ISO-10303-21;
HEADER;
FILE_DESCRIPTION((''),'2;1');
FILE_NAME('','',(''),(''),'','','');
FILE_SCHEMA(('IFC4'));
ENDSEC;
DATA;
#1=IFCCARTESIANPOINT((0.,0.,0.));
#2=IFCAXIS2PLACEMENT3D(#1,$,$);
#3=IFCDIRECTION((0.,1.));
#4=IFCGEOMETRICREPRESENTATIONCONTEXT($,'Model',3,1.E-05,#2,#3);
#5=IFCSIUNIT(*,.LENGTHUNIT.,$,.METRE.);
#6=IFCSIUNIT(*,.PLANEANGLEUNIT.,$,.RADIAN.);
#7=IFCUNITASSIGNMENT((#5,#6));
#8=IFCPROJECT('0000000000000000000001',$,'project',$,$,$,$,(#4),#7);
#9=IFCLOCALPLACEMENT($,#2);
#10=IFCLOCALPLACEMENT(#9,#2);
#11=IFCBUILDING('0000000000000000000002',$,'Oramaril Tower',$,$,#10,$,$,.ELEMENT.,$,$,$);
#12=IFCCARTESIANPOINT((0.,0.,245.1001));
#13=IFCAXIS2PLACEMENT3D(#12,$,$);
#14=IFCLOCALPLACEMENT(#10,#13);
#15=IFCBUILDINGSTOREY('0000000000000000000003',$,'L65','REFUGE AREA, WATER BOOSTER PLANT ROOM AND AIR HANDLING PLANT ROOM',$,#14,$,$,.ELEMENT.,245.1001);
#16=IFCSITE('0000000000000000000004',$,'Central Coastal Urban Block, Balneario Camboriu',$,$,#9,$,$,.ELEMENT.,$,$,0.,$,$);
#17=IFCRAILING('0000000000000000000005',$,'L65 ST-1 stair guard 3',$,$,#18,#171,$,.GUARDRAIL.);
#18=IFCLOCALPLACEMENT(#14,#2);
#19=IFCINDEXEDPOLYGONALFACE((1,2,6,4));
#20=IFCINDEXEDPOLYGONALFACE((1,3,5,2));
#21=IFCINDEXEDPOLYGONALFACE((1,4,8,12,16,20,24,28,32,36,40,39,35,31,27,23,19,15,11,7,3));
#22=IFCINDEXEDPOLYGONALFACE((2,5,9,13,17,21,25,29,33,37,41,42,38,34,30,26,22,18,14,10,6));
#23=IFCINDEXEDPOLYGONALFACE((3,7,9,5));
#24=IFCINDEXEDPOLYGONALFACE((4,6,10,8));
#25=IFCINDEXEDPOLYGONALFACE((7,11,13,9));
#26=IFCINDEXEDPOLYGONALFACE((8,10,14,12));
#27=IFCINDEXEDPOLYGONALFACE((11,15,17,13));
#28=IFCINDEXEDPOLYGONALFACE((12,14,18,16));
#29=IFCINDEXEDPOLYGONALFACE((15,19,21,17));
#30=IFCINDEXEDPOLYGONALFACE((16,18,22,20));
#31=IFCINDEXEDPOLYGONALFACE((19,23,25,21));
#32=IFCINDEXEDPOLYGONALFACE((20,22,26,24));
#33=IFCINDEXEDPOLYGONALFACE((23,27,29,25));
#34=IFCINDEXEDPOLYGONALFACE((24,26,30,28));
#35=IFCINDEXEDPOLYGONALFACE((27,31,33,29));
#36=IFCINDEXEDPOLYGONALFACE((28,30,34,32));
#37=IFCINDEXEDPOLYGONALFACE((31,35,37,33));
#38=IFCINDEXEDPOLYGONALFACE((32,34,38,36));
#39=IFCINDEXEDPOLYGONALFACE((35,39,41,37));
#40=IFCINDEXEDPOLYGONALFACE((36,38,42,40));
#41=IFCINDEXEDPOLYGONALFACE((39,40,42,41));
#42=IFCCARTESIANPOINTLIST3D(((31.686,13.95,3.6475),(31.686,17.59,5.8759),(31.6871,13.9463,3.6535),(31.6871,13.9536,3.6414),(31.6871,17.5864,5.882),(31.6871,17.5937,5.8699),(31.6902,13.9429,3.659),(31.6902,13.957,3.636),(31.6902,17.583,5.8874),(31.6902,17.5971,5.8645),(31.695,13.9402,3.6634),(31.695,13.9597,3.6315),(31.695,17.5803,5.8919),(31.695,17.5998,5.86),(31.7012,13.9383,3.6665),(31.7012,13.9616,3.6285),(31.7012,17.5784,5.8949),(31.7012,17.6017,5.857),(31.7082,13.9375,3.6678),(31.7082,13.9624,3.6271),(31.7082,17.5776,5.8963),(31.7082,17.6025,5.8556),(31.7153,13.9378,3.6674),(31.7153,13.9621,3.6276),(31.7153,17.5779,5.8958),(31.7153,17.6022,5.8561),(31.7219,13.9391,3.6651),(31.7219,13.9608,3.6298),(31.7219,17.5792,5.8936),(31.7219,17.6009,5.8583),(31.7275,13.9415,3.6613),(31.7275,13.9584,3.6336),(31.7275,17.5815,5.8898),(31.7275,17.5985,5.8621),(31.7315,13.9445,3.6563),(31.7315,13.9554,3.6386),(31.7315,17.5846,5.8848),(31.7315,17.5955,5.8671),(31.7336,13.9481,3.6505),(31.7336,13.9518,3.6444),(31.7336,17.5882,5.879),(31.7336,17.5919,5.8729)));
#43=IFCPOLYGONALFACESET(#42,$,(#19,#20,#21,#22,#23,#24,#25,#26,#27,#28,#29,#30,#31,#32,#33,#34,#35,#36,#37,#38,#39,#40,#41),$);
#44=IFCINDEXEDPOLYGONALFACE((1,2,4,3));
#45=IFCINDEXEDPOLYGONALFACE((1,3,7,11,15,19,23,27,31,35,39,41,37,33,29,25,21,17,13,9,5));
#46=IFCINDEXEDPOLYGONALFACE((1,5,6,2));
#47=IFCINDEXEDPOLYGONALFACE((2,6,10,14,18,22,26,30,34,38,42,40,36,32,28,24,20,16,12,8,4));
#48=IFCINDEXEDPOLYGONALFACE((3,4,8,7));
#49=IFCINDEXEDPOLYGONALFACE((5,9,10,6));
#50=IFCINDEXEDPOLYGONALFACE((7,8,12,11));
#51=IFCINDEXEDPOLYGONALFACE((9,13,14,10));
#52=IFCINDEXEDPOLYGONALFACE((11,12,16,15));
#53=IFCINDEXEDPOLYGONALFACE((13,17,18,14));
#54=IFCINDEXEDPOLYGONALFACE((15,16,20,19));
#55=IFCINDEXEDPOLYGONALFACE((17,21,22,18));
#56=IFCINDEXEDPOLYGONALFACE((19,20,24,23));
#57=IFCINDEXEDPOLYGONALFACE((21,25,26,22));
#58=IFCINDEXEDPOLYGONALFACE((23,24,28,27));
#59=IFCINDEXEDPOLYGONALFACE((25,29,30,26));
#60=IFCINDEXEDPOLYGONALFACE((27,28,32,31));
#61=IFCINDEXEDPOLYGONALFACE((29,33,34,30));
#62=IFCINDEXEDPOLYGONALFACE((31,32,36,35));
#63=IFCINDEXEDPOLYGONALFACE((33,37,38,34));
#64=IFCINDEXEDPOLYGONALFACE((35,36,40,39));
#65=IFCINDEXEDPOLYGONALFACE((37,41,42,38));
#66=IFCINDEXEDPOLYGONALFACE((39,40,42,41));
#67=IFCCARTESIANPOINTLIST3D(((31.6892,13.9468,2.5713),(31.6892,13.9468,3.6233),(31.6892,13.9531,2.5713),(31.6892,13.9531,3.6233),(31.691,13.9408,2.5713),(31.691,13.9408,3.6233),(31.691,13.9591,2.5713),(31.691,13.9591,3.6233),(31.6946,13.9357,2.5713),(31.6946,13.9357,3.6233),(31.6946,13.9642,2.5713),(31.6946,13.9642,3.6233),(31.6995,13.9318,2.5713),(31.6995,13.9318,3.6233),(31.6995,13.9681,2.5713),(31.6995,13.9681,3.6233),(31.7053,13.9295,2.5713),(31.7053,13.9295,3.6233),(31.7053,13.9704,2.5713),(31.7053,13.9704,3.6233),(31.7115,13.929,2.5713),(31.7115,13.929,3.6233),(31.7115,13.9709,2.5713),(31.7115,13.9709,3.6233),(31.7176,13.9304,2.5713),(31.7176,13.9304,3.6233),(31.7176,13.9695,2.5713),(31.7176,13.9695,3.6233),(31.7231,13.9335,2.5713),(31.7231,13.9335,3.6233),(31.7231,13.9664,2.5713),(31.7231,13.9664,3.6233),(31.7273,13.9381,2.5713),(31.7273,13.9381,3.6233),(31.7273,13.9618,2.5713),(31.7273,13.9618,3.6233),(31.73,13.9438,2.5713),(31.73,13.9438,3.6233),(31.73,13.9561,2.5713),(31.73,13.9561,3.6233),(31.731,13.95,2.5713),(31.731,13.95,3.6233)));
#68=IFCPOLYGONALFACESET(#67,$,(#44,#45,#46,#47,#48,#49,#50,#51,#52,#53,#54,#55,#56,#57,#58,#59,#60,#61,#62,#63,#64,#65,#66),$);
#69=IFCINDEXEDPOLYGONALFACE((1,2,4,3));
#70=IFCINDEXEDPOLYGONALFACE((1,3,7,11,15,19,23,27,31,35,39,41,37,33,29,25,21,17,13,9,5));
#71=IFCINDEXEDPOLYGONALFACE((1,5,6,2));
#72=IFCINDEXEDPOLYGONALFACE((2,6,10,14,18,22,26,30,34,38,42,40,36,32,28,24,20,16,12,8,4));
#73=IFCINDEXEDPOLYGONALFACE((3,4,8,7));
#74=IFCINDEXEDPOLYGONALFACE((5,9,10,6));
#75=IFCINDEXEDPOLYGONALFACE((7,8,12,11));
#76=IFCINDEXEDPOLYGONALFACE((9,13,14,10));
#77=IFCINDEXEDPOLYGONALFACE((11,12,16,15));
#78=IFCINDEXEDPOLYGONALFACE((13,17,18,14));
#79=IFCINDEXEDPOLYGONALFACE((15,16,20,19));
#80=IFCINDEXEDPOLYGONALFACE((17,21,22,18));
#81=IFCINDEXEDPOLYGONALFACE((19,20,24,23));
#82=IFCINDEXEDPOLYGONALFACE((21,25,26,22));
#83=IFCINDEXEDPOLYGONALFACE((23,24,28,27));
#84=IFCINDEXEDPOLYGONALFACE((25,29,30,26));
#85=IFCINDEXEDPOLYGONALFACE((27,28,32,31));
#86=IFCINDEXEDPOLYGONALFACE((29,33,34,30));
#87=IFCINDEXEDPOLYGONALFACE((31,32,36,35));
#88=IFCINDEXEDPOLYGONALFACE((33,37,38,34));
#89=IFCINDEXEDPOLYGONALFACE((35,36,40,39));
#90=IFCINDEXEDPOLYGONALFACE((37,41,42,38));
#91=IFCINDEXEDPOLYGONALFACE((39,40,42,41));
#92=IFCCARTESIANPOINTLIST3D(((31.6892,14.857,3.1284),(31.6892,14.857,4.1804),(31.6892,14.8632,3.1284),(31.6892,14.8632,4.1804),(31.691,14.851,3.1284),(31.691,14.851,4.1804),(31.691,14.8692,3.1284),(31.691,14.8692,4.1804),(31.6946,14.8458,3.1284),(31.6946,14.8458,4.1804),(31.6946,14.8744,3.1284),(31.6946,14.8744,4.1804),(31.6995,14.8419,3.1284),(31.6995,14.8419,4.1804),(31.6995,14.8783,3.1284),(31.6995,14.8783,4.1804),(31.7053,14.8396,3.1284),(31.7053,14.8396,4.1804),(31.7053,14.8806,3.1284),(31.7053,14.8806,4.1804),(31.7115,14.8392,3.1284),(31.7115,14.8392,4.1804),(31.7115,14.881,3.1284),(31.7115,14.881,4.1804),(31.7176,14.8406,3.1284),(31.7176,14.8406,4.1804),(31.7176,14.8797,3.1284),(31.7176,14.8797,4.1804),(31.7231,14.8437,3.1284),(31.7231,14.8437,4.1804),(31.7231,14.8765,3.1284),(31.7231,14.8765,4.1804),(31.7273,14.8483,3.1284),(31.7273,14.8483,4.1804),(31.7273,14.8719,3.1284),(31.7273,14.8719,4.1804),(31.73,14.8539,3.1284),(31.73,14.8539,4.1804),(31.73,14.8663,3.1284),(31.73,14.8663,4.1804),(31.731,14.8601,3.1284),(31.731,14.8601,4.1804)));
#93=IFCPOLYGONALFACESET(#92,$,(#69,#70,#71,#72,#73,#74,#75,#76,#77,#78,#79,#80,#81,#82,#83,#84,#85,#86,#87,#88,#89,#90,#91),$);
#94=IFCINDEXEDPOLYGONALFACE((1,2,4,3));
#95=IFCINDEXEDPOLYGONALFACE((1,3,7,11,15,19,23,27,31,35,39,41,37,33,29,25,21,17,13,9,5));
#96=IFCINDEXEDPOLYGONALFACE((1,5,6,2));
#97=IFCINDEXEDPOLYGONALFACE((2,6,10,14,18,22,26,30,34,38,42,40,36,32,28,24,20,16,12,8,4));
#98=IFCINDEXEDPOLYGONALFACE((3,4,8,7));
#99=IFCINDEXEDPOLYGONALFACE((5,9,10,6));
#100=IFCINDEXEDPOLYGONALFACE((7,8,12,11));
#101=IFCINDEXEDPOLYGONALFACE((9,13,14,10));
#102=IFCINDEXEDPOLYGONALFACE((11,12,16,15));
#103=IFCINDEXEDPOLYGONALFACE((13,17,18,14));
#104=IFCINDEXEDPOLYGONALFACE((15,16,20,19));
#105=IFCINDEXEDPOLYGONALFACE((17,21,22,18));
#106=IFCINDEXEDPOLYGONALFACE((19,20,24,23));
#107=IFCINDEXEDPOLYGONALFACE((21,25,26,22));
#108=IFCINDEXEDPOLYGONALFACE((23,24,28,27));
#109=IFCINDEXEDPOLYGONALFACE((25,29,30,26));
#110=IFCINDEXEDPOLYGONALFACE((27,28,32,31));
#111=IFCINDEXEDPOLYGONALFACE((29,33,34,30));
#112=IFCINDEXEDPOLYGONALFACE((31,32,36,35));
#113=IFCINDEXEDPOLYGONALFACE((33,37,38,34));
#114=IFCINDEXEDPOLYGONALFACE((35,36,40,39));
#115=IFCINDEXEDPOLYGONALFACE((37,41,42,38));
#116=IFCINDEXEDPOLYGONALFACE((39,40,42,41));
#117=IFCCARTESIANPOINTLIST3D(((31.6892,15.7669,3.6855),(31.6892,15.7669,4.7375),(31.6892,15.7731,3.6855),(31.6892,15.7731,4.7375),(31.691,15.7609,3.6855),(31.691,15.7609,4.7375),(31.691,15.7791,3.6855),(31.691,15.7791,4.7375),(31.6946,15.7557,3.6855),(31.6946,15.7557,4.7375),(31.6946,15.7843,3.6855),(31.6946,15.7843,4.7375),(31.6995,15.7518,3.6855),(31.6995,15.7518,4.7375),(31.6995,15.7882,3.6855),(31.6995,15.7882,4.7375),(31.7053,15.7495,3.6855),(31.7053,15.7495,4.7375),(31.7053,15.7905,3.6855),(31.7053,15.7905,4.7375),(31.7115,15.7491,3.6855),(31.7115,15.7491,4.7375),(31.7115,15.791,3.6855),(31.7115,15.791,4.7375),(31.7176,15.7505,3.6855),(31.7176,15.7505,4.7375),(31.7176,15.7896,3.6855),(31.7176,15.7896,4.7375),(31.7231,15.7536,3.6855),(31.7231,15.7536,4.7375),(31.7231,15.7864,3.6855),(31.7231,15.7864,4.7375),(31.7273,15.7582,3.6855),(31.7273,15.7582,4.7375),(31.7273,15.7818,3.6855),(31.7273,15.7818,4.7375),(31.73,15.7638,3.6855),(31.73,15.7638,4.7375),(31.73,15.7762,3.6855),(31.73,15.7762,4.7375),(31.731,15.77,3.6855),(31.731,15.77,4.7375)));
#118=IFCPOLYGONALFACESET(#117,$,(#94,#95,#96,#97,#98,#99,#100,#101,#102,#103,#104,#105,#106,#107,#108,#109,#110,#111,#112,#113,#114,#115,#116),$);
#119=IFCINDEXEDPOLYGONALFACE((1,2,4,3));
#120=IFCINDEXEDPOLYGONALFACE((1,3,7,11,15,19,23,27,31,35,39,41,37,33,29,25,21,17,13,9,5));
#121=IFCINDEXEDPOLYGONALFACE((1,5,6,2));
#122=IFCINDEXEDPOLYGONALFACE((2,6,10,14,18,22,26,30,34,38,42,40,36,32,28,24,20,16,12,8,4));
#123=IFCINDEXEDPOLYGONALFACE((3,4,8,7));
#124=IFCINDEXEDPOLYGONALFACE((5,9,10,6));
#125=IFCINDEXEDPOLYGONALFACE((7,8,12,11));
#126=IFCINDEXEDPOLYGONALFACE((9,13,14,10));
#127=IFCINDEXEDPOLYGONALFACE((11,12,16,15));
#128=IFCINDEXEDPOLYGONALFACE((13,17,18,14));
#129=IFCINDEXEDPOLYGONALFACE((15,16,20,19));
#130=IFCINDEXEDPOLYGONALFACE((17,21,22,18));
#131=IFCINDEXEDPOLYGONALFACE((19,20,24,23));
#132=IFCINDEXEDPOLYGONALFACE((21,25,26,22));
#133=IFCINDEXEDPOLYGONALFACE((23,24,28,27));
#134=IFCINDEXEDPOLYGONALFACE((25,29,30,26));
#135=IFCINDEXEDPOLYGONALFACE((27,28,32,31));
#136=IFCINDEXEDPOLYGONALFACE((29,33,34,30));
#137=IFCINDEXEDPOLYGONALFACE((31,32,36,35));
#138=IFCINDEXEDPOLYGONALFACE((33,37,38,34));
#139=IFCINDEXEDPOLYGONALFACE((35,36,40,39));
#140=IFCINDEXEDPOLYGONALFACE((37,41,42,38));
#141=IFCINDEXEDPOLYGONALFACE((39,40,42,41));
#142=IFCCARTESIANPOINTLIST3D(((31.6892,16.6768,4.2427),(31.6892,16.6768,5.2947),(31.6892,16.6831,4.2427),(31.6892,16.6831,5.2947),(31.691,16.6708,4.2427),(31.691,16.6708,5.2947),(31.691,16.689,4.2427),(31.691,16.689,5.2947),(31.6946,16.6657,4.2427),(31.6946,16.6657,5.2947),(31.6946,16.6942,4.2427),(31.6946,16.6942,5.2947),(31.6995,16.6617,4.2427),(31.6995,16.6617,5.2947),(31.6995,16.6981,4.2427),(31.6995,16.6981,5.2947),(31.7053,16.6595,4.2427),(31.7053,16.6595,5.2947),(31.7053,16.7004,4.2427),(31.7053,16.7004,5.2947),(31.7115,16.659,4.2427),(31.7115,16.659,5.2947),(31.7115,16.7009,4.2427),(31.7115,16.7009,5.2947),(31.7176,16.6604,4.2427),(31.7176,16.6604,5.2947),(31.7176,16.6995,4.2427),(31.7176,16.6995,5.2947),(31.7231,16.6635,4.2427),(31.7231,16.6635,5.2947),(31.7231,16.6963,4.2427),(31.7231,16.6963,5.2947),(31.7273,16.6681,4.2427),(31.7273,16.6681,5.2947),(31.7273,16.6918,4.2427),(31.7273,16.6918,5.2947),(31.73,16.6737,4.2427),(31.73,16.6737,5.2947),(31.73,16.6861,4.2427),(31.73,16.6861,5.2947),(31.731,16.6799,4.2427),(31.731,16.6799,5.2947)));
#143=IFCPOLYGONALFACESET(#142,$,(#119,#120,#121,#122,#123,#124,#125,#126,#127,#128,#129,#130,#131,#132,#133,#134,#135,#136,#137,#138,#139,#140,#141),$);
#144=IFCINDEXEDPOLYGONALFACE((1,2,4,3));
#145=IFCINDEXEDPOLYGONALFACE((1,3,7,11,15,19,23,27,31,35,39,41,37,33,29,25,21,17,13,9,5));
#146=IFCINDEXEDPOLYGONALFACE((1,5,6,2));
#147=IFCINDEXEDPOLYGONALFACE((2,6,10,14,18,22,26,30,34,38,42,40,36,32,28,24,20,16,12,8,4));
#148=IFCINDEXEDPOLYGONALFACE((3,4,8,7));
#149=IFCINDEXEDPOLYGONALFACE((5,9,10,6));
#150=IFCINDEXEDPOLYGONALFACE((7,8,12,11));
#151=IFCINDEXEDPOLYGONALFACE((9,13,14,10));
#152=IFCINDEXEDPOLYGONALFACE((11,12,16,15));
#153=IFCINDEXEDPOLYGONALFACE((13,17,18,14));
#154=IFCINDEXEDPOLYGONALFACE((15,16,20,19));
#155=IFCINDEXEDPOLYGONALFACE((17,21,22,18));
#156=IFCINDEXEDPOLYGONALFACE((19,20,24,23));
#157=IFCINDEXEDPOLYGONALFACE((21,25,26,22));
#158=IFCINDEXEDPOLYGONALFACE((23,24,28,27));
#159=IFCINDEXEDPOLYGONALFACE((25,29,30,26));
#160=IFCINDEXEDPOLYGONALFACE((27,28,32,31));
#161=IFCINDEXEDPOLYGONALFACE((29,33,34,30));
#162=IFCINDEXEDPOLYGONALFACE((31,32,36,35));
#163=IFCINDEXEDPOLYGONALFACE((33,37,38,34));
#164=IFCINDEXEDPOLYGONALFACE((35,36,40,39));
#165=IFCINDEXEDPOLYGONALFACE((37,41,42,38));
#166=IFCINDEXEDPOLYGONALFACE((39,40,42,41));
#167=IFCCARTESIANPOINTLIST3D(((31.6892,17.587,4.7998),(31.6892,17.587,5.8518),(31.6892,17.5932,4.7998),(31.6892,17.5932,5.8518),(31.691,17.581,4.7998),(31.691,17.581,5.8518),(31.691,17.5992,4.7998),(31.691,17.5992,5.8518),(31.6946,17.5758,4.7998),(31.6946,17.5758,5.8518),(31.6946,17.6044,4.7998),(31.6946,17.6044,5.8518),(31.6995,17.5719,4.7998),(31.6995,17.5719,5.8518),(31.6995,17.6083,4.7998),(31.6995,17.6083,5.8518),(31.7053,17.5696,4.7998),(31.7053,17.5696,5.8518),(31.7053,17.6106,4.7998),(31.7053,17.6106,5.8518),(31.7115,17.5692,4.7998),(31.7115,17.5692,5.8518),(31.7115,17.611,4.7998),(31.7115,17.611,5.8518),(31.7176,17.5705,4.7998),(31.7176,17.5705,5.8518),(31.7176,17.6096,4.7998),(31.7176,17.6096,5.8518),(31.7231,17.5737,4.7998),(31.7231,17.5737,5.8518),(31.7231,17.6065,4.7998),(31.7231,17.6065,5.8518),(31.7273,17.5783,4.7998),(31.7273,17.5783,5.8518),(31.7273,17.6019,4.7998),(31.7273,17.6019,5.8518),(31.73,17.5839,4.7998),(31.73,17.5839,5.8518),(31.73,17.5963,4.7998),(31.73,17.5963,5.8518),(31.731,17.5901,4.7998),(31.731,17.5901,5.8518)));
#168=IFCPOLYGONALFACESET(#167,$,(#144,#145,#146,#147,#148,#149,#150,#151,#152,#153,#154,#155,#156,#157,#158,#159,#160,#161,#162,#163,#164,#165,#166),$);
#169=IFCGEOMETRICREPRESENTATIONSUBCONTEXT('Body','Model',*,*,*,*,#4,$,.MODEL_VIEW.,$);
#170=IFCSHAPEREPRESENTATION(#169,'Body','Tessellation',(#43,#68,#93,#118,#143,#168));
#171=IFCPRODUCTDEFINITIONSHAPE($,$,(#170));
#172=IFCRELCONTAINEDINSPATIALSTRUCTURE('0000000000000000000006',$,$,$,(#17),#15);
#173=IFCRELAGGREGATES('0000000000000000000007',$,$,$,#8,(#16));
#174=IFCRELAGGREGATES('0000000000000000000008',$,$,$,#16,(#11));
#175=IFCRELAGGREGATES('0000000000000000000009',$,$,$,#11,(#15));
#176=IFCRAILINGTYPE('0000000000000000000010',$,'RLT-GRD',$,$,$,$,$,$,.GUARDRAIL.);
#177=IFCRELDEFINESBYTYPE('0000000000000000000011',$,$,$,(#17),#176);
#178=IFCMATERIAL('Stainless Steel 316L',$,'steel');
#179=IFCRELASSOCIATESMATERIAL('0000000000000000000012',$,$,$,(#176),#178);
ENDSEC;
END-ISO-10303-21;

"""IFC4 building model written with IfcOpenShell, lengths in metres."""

from ifc_helpers import new_model, si_unit, direction, frame, origin, origin_2d, place, context, subcontext, project, spatial, circle, extrude, material, type_object, element, save


model = new_model("IFC4")

# Units and contexts
model_context = context("Model", 3, precision=1e-05, world=origin(), true_north=direction((0.0, 1.0)))
body_context = subcontext(model_context, "Body", "Model", "MODEL_VIEW")
ifc_project = project(units=[si_unit("LENGTHUNIT", "METRE"), si_unit("PLANEANGLEUNIT", "RADIAN")], contexts=[model_context])

# Site, building, storey
site_placement = place(None, origin())
site = spatial("IfcSite", under=ifc_project, at=site_placement, Name="Central Coastal Urban Block, Balneario Camboriu", CompositionType="ELEMENT", RefElevation=0.0)
building_placement = place(site_placement, origin())
building = spatial("IfcBuilding", under=site, at=building_placement, Name="Oramaril Tower", CompositionType="ELEMENT")
storey_placement = place(building_placement, frame((0.0, 0.0, 245.1001)))
storey = spatial("IfcBuildingStorey", under=building, at=storey_placement, Name="L65", Description="REFUGE AREA, WATER BOOSTER PLANT ROOM AND AIR HANDLING PLANT ROOM", CompositionType="ELEMENT", Elevation=245.1001)

# Railing
ifc_material_1 = material(Name="Stainless Steel 316L", Category="steel")
railing_type_1 = type_object("IfcRailingType", Name="RLT-GRD", PredefinedType="GUARDRAIL", material=ifc_material_1)
railing_1_placement = place(storey_placement, frame((31.71, 13.95, 2.5713)))
element("IfcRailing", 1, at=railing_1_placement, inside=storey, type_object=railing_type_1, Name="L65 ST-1 stair guard 3", PredefinedType="GUARDRAIL", context=body_context, shape_type="SweptSolid", body=[
    extrude(circle(Radius=0.0239, at=origin_2d()), frame((0.0, 0.0, 1.0762), z_axis=(0.0, 0.852866, 0.52213), x_axis=(-1.0, 0.0, 0.0)), (0.0, 0.0, 1.0), 4.2681),
    extrude(circle(Radius=0.021, at=origin_2d()), origin(), (0.0, 0.0, 1.0), 1.052),
    extrude(circle(Radius=0.021, at=origin_2d()), frame((0.0, 0.9102, 0.5571)), (0.0, 0.0, 1.0), 1.052),
    extrude(circle(Radius=0.021, at=origin_2d()), frame((0.0, 1.8201, 1.1143)), (0.0, 0.0, 1.0), 1.052),
    extrude(circle(Radius=0.021, at=origin_2d()), frame((0.0, 2.73, 1.6714)), (0.0, 0.0, 1.0), 1.052),
    extrude(circle(Radius=0.021, at=origin_2d()), frame((0.0, 3.6401, 2.2285)), (0.0, 0.0, 1.0), 1.052),
])

save(model, "model.ifc")
